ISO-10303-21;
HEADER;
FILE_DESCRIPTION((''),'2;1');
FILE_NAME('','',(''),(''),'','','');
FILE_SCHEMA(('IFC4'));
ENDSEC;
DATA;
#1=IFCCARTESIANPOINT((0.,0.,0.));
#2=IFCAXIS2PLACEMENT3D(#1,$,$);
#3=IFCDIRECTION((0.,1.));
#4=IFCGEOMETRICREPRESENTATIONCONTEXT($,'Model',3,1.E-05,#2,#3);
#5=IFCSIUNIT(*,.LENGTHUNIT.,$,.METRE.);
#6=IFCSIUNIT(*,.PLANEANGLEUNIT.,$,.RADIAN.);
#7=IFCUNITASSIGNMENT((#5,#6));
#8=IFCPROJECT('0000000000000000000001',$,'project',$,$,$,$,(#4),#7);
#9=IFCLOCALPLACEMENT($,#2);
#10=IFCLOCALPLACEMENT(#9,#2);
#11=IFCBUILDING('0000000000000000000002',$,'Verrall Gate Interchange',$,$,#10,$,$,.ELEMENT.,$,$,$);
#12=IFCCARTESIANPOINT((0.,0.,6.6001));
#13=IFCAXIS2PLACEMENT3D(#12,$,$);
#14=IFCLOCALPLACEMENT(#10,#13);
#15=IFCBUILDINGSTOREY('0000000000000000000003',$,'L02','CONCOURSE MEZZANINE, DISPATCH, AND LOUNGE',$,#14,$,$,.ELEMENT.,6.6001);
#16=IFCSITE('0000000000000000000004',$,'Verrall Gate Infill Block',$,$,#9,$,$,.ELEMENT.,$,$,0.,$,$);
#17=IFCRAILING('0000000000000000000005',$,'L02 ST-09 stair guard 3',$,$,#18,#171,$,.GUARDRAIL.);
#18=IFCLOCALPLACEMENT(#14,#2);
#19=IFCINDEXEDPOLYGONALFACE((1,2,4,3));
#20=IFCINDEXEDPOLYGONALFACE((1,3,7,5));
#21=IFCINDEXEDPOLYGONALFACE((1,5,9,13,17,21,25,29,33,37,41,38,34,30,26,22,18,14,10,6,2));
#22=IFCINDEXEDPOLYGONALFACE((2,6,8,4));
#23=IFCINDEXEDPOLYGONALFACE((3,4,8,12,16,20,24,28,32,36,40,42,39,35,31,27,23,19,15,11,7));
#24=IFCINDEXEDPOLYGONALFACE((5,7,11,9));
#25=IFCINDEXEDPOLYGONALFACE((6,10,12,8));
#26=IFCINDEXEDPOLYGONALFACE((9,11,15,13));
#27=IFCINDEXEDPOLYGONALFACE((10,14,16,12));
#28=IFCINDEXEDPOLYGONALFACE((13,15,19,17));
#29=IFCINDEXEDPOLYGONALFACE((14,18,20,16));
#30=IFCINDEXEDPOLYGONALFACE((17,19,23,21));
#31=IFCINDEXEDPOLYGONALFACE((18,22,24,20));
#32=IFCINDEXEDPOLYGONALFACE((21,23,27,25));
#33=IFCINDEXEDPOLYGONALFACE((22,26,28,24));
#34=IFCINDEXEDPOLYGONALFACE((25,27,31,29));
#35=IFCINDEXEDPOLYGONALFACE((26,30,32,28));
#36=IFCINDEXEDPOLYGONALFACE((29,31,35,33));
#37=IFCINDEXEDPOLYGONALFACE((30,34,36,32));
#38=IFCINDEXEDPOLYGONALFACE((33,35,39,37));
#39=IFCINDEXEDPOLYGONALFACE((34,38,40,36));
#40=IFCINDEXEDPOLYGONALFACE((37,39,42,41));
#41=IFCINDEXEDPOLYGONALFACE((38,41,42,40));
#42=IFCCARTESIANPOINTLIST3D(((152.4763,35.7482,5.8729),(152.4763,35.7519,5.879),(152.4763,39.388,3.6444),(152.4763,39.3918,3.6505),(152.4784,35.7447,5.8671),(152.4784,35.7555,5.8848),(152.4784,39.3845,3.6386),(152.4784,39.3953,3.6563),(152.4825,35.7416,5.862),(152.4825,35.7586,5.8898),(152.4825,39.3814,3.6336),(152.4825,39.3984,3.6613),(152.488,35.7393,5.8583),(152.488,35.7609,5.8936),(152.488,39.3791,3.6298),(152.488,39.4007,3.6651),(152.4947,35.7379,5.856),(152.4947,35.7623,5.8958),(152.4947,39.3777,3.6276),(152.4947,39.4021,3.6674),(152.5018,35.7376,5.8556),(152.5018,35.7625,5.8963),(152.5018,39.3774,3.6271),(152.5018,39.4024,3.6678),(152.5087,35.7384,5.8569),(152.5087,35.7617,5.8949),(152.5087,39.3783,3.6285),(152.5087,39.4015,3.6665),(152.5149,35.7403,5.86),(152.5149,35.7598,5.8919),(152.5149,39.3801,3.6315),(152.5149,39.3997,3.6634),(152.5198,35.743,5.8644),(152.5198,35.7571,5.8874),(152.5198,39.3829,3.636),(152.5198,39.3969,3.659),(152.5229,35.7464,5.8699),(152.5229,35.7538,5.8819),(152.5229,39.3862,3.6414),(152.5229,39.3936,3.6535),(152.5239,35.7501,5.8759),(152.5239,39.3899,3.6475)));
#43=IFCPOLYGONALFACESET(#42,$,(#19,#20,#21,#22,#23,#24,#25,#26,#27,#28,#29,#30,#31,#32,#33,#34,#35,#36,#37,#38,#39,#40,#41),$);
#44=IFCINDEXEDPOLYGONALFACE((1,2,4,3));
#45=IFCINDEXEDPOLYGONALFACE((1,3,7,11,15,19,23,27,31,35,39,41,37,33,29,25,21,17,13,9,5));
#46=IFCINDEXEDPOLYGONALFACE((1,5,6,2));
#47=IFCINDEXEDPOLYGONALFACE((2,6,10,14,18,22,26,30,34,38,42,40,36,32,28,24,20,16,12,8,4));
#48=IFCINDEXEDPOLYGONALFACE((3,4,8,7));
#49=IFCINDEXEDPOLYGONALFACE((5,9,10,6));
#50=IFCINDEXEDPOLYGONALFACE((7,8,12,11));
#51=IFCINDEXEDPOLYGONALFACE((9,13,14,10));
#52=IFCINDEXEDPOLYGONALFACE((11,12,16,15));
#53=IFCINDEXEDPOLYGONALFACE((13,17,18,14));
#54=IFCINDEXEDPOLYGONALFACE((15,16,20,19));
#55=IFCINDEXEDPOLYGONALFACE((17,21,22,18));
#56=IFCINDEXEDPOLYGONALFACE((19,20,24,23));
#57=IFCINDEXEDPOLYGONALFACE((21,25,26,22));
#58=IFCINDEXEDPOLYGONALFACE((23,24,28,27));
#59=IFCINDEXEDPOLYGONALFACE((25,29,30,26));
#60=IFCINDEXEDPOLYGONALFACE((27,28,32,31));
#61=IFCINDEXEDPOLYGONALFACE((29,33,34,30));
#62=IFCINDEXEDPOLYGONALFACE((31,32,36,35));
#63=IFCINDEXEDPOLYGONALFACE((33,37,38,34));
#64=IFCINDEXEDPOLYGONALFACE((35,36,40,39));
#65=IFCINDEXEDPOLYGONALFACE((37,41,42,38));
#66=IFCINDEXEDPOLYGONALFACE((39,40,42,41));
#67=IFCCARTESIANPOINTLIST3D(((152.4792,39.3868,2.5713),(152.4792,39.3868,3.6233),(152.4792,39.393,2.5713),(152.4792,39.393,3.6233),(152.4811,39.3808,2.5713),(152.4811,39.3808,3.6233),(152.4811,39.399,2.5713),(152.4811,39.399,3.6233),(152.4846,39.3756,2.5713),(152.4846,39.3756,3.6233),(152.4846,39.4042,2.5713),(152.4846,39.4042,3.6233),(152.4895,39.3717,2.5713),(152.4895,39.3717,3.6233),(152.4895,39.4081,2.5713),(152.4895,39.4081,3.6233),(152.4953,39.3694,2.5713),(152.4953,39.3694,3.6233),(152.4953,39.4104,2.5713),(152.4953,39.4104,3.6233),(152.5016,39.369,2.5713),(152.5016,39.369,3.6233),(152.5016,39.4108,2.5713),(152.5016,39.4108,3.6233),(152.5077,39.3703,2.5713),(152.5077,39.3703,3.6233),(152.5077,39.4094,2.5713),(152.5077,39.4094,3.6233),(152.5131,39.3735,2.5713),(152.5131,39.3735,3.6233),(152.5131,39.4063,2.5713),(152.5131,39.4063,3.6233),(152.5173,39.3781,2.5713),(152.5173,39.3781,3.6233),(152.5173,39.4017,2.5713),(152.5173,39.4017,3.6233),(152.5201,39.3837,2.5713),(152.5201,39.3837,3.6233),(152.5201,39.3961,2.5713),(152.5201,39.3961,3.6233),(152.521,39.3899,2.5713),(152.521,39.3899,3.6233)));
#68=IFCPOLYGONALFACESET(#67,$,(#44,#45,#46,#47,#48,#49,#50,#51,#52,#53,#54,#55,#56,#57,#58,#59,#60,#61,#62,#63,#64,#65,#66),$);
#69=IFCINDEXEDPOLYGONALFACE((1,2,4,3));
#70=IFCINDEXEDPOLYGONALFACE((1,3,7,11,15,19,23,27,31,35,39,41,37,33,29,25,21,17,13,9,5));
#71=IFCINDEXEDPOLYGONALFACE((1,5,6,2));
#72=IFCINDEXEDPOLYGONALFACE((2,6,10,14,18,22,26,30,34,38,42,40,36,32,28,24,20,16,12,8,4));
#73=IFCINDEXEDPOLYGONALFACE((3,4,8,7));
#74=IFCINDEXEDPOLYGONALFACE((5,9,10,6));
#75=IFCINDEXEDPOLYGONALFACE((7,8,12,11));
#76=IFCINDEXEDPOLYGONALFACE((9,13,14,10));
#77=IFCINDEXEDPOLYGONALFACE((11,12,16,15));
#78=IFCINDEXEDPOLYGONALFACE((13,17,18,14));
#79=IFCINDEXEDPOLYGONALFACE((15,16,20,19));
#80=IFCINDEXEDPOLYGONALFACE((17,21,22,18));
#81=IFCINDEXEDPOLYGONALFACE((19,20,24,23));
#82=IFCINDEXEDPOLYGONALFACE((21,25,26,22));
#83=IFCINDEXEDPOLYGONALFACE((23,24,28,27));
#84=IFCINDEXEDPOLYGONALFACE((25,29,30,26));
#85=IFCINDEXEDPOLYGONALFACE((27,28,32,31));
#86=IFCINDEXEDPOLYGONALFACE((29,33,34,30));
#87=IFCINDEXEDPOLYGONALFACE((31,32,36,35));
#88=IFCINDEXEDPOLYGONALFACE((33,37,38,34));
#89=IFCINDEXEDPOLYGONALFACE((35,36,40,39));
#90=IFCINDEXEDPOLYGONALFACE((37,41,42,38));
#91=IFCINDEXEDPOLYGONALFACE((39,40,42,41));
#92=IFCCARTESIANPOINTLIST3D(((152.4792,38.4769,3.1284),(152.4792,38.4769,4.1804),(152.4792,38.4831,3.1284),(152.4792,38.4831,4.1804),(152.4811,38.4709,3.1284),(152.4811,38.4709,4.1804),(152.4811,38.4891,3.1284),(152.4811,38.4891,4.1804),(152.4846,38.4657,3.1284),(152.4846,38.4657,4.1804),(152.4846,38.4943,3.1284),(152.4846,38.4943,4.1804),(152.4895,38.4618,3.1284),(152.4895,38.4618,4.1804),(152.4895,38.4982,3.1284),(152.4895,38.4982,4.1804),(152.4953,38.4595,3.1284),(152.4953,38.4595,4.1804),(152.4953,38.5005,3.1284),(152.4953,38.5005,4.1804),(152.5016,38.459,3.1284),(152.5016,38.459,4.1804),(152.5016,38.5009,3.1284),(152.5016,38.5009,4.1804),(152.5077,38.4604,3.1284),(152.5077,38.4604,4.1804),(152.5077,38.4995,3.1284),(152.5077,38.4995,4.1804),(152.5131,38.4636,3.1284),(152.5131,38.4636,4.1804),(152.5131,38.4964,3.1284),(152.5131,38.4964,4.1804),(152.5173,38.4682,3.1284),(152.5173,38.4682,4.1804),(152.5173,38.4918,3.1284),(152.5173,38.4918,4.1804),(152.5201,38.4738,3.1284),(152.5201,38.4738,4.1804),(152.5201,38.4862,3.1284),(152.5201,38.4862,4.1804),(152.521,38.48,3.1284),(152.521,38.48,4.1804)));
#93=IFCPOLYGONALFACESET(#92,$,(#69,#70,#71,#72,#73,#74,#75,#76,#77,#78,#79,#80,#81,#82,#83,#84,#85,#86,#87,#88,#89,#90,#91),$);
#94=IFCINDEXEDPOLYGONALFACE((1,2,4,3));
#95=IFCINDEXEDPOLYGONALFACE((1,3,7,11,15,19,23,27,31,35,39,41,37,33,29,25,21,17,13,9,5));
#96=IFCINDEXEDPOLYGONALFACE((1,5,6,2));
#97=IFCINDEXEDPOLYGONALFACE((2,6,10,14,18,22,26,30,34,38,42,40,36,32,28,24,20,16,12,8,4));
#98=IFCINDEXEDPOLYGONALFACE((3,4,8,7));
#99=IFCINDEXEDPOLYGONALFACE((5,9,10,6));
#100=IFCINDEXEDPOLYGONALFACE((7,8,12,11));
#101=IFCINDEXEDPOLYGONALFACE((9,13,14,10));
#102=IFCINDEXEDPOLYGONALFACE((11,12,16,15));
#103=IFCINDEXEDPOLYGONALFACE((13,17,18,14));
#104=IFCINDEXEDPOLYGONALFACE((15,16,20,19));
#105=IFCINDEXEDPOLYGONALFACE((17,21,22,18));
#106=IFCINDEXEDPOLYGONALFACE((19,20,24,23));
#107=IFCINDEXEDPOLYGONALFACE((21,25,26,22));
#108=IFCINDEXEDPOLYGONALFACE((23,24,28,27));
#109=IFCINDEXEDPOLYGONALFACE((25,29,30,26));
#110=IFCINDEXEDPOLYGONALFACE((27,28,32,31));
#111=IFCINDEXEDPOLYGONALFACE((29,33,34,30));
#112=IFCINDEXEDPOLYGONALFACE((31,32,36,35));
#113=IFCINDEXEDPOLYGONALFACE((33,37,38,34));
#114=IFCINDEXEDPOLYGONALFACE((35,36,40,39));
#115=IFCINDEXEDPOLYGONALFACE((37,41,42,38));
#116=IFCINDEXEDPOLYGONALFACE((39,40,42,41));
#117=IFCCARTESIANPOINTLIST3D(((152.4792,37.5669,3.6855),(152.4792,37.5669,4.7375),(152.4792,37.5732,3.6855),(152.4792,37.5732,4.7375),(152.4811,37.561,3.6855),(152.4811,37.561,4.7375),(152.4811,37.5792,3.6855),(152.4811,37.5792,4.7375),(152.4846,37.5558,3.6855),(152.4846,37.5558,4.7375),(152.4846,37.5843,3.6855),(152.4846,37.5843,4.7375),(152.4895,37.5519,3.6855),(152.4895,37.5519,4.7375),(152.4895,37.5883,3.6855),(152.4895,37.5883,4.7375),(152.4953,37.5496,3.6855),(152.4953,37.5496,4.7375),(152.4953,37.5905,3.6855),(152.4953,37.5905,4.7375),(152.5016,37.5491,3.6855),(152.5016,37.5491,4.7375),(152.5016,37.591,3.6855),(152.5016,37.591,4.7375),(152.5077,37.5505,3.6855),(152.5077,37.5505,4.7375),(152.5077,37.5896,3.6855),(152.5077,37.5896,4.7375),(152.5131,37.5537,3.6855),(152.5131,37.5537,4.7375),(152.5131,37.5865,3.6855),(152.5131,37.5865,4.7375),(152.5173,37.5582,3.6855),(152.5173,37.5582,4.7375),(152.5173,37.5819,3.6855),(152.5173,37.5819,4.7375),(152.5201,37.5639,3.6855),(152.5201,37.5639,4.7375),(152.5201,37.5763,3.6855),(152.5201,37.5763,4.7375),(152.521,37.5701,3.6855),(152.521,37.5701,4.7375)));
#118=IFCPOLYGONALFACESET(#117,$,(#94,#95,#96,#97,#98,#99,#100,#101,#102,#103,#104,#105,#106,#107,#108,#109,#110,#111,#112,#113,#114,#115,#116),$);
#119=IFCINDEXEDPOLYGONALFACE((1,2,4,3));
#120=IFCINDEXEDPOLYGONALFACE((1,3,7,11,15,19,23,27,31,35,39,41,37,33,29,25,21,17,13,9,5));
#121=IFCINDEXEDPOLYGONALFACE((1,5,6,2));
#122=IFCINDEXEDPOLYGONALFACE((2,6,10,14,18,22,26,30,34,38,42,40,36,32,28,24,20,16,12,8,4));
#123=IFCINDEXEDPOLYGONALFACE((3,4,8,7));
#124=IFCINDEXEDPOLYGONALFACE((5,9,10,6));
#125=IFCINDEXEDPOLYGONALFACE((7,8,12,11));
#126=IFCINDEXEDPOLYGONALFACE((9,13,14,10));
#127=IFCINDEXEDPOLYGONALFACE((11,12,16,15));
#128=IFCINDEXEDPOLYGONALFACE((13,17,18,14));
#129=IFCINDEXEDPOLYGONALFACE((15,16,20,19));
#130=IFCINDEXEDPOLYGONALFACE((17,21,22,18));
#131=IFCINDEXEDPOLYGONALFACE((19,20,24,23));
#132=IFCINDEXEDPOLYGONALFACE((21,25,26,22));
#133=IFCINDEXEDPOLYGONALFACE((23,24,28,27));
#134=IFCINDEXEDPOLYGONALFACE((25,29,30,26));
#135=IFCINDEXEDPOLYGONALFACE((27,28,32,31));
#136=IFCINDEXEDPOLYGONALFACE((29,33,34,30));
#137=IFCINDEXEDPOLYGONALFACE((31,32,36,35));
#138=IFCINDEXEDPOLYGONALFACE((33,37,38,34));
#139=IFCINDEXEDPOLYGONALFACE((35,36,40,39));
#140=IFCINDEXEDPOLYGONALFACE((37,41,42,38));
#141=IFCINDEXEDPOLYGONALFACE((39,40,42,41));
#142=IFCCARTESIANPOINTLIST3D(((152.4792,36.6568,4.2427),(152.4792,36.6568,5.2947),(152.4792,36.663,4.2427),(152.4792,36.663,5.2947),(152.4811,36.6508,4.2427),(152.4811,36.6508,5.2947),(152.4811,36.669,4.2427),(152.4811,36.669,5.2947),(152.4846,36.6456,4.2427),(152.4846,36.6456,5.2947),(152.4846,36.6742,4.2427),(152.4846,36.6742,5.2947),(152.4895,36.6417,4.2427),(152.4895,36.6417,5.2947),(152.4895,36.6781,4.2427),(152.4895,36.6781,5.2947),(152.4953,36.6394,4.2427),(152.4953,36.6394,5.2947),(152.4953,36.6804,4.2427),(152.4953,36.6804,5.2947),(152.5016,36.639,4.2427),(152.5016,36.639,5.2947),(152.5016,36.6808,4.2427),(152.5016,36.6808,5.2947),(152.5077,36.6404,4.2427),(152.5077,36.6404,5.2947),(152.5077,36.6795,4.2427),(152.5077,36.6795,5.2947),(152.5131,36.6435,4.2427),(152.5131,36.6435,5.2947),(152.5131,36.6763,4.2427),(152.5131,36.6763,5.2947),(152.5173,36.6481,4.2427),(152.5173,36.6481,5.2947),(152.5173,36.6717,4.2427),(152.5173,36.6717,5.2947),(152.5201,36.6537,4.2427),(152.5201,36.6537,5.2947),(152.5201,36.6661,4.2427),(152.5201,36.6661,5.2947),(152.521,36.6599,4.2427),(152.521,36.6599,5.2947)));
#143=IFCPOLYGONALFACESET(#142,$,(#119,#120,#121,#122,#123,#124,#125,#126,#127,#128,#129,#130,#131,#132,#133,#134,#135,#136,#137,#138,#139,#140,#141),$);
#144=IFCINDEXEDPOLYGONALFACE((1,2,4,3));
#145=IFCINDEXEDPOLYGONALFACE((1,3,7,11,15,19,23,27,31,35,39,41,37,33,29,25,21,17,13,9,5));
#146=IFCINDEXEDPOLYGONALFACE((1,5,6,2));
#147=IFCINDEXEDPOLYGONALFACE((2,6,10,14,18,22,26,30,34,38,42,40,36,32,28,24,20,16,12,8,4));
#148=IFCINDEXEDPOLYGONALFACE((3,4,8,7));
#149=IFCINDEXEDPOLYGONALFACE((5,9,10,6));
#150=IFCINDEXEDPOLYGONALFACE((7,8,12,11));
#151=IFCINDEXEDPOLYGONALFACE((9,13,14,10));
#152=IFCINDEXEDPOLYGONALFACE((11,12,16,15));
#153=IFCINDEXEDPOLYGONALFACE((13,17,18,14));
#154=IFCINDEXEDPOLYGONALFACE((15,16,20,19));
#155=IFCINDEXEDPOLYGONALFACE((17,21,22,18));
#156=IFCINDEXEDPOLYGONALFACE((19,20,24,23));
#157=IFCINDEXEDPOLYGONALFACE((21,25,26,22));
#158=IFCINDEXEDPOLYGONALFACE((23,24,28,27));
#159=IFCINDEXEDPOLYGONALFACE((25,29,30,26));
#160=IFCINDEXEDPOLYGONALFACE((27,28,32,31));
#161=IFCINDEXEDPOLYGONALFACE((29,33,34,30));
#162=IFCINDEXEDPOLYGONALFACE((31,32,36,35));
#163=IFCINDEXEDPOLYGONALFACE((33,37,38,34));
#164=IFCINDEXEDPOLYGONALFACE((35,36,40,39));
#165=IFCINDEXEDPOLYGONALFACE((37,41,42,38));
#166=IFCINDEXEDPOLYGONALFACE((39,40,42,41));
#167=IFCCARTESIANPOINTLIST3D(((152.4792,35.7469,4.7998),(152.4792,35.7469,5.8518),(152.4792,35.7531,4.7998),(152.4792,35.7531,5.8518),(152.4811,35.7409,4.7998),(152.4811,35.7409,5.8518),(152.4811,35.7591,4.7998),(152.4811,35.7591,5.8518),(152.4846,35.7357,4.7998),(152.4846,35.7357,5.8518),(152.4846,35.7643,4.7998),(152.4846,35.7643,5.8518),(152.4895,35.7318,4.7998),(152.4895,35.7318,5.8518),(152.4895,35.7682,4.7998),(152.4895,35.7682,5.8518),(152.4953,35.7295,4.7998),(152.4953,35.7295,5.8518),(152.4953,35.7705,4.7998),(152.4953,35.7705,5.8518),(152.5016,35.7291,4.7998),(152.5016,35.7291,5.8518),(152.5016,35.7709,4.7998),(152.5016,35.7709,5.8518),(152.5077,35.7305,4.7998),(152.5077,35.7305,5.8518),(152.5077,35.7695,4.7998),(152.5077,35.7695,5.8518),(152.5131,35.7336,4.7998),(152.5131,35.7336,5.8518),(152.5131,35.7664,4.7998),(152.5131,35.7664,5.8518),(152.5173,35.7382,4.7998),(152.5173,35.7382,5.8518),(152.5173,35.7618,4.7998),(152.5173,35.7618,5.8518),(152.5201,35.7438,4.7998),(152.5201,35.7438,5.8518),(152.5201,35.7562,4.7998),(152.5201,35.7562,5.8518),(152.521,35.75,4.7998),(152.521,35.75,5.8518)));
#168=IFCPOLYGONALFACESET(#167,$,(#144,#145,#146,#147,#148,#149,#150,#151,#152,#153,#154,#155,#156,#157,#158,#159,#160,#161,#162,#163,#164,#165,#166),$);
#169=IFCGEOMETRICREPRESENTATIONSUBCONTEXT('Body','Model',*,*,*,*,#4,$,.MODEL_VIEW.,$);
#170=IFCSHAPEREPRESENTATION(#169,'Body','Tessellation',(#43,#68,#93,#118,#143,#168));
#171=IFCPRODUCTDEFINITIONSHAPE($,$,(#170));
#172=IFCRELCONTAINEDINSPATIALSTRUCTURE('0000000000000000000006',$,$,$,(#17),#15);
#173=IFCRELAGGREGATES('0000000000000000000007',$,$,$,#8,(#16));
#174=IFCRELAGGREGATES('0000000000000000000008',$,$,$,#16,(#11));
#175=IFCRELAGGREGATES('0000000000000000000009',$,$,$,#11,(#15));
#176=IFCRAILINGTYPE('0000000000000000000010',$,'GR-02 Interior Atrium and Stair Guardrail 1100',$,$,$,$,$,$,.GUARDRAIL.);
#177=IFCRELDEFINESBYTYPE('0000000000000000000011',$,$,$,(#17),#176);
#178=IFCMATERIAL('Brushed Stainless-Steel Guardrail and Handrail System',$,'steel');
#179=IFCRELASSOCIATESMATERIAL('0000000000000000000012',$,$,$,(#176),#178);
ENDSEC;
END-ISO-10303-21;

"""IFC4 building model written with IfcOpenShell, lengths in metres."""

from ifc_helpers import new_model, si_unit, direction, frame, origin, origin_2d, place, context, subcontext, project, spatial, circle, extrude, material, type_object, element, save


model = new_model("IFC4")

# Units and contexts
model_context = context("Model", 3, precision=1e-05, world=origin(), true_north=direction((0.0, 1.0)))
body_context = subcontext(model_context, "Body", "Model", "MODEL_VIEW")
ifc_project = project(units=[si_unit("LENGTHUNIT", "METRE"), si_unit("PLANEANGLEUNIT", "RADIAN")], contexts=[model_context])

# Site, building, storey
site_placement = place(None, origin())
site = spatial("IfcSite", under=ifc_project, at=site_placement, Name="Verrall Gate Infill Block", CompositionType="ELEMENT", RefElevation=0.0)
building_placement = place(site_placement, origin())
building = spatial("IfcBuilding", under=site, at=building_placement, Name="Verrall Gate Interchange", CompositionType="ELEMENT")
storey_placement = place(building_placement, frame((0.0, 0.0, 6.6001)))
storey = spatial("IfcBuildingStorey", under=building, at=storey_placement, Name="L02", Description="CONCOURSE MEZZANINE, DISPATCH, AND LOUNGE", CompositionType="ELEMENT", Elevation=6.6001)

# Railing
ifc_material_1 = material(Name="Brushed Stainless-Steel Guardrail and Handrail System", Category="steel")
railing_type_1 = type_object("IfcRailingType", Name="GR-02 Interior Atrium and Stair Guardrail 1100", PredefinedType="GUARDRAIL", material=ifc_material_1)
railing_1_placement = place(storey_placement, frame((152.5, 39.3899, 2.5713)))
element("IfcRailing", 1, at=railing_1_placement, inside=storey, type_object=railing_type_1, Name="L02 ST-09 stair guard 3", PredefinedType="GUARDRAIL", context=body_context, shape_type="SweptSolid", body=[
    extrude(circle(Radius=0.0239, at=origin_2d()), frame((0.0, 0.0, 1.0762), z_axis=(0.0, -0.85285, 0.522156), x_axis=(1.0, 0.0, 0.0)), (0.0, 0.0, 1.0), 4.2678),
    extrude(circle(Radius=0.021, at=origin_2d()), origin(), (0.0, 0.0, 1.0), 1.052),
    extrude(circle(Radius=0.021, at=origin_2d()), frame((0.0, -0.9099, 0.5571)), (0.0, 0.0, 1.0), 1.052),
    extrude(circle(Radius=0.021, at=origin_2d()), frame((0.0, -1.8198, 1.1143)), (0.0, 0.0, 1.0), 1.052),
    extrude(circle(Radius=0.021, at=origin_2d()), frame((0.0, -2.73, 1.6714)), (0.0, 0.0, 1.0), 1.052),
    extrude(circle(Radius=0.021, at=origin_2d()), frame((0.0, -3.6399, 2.2285)), (0.0, 0.0, 1.0), 1.052),
])

save(model, "model.ifc")
